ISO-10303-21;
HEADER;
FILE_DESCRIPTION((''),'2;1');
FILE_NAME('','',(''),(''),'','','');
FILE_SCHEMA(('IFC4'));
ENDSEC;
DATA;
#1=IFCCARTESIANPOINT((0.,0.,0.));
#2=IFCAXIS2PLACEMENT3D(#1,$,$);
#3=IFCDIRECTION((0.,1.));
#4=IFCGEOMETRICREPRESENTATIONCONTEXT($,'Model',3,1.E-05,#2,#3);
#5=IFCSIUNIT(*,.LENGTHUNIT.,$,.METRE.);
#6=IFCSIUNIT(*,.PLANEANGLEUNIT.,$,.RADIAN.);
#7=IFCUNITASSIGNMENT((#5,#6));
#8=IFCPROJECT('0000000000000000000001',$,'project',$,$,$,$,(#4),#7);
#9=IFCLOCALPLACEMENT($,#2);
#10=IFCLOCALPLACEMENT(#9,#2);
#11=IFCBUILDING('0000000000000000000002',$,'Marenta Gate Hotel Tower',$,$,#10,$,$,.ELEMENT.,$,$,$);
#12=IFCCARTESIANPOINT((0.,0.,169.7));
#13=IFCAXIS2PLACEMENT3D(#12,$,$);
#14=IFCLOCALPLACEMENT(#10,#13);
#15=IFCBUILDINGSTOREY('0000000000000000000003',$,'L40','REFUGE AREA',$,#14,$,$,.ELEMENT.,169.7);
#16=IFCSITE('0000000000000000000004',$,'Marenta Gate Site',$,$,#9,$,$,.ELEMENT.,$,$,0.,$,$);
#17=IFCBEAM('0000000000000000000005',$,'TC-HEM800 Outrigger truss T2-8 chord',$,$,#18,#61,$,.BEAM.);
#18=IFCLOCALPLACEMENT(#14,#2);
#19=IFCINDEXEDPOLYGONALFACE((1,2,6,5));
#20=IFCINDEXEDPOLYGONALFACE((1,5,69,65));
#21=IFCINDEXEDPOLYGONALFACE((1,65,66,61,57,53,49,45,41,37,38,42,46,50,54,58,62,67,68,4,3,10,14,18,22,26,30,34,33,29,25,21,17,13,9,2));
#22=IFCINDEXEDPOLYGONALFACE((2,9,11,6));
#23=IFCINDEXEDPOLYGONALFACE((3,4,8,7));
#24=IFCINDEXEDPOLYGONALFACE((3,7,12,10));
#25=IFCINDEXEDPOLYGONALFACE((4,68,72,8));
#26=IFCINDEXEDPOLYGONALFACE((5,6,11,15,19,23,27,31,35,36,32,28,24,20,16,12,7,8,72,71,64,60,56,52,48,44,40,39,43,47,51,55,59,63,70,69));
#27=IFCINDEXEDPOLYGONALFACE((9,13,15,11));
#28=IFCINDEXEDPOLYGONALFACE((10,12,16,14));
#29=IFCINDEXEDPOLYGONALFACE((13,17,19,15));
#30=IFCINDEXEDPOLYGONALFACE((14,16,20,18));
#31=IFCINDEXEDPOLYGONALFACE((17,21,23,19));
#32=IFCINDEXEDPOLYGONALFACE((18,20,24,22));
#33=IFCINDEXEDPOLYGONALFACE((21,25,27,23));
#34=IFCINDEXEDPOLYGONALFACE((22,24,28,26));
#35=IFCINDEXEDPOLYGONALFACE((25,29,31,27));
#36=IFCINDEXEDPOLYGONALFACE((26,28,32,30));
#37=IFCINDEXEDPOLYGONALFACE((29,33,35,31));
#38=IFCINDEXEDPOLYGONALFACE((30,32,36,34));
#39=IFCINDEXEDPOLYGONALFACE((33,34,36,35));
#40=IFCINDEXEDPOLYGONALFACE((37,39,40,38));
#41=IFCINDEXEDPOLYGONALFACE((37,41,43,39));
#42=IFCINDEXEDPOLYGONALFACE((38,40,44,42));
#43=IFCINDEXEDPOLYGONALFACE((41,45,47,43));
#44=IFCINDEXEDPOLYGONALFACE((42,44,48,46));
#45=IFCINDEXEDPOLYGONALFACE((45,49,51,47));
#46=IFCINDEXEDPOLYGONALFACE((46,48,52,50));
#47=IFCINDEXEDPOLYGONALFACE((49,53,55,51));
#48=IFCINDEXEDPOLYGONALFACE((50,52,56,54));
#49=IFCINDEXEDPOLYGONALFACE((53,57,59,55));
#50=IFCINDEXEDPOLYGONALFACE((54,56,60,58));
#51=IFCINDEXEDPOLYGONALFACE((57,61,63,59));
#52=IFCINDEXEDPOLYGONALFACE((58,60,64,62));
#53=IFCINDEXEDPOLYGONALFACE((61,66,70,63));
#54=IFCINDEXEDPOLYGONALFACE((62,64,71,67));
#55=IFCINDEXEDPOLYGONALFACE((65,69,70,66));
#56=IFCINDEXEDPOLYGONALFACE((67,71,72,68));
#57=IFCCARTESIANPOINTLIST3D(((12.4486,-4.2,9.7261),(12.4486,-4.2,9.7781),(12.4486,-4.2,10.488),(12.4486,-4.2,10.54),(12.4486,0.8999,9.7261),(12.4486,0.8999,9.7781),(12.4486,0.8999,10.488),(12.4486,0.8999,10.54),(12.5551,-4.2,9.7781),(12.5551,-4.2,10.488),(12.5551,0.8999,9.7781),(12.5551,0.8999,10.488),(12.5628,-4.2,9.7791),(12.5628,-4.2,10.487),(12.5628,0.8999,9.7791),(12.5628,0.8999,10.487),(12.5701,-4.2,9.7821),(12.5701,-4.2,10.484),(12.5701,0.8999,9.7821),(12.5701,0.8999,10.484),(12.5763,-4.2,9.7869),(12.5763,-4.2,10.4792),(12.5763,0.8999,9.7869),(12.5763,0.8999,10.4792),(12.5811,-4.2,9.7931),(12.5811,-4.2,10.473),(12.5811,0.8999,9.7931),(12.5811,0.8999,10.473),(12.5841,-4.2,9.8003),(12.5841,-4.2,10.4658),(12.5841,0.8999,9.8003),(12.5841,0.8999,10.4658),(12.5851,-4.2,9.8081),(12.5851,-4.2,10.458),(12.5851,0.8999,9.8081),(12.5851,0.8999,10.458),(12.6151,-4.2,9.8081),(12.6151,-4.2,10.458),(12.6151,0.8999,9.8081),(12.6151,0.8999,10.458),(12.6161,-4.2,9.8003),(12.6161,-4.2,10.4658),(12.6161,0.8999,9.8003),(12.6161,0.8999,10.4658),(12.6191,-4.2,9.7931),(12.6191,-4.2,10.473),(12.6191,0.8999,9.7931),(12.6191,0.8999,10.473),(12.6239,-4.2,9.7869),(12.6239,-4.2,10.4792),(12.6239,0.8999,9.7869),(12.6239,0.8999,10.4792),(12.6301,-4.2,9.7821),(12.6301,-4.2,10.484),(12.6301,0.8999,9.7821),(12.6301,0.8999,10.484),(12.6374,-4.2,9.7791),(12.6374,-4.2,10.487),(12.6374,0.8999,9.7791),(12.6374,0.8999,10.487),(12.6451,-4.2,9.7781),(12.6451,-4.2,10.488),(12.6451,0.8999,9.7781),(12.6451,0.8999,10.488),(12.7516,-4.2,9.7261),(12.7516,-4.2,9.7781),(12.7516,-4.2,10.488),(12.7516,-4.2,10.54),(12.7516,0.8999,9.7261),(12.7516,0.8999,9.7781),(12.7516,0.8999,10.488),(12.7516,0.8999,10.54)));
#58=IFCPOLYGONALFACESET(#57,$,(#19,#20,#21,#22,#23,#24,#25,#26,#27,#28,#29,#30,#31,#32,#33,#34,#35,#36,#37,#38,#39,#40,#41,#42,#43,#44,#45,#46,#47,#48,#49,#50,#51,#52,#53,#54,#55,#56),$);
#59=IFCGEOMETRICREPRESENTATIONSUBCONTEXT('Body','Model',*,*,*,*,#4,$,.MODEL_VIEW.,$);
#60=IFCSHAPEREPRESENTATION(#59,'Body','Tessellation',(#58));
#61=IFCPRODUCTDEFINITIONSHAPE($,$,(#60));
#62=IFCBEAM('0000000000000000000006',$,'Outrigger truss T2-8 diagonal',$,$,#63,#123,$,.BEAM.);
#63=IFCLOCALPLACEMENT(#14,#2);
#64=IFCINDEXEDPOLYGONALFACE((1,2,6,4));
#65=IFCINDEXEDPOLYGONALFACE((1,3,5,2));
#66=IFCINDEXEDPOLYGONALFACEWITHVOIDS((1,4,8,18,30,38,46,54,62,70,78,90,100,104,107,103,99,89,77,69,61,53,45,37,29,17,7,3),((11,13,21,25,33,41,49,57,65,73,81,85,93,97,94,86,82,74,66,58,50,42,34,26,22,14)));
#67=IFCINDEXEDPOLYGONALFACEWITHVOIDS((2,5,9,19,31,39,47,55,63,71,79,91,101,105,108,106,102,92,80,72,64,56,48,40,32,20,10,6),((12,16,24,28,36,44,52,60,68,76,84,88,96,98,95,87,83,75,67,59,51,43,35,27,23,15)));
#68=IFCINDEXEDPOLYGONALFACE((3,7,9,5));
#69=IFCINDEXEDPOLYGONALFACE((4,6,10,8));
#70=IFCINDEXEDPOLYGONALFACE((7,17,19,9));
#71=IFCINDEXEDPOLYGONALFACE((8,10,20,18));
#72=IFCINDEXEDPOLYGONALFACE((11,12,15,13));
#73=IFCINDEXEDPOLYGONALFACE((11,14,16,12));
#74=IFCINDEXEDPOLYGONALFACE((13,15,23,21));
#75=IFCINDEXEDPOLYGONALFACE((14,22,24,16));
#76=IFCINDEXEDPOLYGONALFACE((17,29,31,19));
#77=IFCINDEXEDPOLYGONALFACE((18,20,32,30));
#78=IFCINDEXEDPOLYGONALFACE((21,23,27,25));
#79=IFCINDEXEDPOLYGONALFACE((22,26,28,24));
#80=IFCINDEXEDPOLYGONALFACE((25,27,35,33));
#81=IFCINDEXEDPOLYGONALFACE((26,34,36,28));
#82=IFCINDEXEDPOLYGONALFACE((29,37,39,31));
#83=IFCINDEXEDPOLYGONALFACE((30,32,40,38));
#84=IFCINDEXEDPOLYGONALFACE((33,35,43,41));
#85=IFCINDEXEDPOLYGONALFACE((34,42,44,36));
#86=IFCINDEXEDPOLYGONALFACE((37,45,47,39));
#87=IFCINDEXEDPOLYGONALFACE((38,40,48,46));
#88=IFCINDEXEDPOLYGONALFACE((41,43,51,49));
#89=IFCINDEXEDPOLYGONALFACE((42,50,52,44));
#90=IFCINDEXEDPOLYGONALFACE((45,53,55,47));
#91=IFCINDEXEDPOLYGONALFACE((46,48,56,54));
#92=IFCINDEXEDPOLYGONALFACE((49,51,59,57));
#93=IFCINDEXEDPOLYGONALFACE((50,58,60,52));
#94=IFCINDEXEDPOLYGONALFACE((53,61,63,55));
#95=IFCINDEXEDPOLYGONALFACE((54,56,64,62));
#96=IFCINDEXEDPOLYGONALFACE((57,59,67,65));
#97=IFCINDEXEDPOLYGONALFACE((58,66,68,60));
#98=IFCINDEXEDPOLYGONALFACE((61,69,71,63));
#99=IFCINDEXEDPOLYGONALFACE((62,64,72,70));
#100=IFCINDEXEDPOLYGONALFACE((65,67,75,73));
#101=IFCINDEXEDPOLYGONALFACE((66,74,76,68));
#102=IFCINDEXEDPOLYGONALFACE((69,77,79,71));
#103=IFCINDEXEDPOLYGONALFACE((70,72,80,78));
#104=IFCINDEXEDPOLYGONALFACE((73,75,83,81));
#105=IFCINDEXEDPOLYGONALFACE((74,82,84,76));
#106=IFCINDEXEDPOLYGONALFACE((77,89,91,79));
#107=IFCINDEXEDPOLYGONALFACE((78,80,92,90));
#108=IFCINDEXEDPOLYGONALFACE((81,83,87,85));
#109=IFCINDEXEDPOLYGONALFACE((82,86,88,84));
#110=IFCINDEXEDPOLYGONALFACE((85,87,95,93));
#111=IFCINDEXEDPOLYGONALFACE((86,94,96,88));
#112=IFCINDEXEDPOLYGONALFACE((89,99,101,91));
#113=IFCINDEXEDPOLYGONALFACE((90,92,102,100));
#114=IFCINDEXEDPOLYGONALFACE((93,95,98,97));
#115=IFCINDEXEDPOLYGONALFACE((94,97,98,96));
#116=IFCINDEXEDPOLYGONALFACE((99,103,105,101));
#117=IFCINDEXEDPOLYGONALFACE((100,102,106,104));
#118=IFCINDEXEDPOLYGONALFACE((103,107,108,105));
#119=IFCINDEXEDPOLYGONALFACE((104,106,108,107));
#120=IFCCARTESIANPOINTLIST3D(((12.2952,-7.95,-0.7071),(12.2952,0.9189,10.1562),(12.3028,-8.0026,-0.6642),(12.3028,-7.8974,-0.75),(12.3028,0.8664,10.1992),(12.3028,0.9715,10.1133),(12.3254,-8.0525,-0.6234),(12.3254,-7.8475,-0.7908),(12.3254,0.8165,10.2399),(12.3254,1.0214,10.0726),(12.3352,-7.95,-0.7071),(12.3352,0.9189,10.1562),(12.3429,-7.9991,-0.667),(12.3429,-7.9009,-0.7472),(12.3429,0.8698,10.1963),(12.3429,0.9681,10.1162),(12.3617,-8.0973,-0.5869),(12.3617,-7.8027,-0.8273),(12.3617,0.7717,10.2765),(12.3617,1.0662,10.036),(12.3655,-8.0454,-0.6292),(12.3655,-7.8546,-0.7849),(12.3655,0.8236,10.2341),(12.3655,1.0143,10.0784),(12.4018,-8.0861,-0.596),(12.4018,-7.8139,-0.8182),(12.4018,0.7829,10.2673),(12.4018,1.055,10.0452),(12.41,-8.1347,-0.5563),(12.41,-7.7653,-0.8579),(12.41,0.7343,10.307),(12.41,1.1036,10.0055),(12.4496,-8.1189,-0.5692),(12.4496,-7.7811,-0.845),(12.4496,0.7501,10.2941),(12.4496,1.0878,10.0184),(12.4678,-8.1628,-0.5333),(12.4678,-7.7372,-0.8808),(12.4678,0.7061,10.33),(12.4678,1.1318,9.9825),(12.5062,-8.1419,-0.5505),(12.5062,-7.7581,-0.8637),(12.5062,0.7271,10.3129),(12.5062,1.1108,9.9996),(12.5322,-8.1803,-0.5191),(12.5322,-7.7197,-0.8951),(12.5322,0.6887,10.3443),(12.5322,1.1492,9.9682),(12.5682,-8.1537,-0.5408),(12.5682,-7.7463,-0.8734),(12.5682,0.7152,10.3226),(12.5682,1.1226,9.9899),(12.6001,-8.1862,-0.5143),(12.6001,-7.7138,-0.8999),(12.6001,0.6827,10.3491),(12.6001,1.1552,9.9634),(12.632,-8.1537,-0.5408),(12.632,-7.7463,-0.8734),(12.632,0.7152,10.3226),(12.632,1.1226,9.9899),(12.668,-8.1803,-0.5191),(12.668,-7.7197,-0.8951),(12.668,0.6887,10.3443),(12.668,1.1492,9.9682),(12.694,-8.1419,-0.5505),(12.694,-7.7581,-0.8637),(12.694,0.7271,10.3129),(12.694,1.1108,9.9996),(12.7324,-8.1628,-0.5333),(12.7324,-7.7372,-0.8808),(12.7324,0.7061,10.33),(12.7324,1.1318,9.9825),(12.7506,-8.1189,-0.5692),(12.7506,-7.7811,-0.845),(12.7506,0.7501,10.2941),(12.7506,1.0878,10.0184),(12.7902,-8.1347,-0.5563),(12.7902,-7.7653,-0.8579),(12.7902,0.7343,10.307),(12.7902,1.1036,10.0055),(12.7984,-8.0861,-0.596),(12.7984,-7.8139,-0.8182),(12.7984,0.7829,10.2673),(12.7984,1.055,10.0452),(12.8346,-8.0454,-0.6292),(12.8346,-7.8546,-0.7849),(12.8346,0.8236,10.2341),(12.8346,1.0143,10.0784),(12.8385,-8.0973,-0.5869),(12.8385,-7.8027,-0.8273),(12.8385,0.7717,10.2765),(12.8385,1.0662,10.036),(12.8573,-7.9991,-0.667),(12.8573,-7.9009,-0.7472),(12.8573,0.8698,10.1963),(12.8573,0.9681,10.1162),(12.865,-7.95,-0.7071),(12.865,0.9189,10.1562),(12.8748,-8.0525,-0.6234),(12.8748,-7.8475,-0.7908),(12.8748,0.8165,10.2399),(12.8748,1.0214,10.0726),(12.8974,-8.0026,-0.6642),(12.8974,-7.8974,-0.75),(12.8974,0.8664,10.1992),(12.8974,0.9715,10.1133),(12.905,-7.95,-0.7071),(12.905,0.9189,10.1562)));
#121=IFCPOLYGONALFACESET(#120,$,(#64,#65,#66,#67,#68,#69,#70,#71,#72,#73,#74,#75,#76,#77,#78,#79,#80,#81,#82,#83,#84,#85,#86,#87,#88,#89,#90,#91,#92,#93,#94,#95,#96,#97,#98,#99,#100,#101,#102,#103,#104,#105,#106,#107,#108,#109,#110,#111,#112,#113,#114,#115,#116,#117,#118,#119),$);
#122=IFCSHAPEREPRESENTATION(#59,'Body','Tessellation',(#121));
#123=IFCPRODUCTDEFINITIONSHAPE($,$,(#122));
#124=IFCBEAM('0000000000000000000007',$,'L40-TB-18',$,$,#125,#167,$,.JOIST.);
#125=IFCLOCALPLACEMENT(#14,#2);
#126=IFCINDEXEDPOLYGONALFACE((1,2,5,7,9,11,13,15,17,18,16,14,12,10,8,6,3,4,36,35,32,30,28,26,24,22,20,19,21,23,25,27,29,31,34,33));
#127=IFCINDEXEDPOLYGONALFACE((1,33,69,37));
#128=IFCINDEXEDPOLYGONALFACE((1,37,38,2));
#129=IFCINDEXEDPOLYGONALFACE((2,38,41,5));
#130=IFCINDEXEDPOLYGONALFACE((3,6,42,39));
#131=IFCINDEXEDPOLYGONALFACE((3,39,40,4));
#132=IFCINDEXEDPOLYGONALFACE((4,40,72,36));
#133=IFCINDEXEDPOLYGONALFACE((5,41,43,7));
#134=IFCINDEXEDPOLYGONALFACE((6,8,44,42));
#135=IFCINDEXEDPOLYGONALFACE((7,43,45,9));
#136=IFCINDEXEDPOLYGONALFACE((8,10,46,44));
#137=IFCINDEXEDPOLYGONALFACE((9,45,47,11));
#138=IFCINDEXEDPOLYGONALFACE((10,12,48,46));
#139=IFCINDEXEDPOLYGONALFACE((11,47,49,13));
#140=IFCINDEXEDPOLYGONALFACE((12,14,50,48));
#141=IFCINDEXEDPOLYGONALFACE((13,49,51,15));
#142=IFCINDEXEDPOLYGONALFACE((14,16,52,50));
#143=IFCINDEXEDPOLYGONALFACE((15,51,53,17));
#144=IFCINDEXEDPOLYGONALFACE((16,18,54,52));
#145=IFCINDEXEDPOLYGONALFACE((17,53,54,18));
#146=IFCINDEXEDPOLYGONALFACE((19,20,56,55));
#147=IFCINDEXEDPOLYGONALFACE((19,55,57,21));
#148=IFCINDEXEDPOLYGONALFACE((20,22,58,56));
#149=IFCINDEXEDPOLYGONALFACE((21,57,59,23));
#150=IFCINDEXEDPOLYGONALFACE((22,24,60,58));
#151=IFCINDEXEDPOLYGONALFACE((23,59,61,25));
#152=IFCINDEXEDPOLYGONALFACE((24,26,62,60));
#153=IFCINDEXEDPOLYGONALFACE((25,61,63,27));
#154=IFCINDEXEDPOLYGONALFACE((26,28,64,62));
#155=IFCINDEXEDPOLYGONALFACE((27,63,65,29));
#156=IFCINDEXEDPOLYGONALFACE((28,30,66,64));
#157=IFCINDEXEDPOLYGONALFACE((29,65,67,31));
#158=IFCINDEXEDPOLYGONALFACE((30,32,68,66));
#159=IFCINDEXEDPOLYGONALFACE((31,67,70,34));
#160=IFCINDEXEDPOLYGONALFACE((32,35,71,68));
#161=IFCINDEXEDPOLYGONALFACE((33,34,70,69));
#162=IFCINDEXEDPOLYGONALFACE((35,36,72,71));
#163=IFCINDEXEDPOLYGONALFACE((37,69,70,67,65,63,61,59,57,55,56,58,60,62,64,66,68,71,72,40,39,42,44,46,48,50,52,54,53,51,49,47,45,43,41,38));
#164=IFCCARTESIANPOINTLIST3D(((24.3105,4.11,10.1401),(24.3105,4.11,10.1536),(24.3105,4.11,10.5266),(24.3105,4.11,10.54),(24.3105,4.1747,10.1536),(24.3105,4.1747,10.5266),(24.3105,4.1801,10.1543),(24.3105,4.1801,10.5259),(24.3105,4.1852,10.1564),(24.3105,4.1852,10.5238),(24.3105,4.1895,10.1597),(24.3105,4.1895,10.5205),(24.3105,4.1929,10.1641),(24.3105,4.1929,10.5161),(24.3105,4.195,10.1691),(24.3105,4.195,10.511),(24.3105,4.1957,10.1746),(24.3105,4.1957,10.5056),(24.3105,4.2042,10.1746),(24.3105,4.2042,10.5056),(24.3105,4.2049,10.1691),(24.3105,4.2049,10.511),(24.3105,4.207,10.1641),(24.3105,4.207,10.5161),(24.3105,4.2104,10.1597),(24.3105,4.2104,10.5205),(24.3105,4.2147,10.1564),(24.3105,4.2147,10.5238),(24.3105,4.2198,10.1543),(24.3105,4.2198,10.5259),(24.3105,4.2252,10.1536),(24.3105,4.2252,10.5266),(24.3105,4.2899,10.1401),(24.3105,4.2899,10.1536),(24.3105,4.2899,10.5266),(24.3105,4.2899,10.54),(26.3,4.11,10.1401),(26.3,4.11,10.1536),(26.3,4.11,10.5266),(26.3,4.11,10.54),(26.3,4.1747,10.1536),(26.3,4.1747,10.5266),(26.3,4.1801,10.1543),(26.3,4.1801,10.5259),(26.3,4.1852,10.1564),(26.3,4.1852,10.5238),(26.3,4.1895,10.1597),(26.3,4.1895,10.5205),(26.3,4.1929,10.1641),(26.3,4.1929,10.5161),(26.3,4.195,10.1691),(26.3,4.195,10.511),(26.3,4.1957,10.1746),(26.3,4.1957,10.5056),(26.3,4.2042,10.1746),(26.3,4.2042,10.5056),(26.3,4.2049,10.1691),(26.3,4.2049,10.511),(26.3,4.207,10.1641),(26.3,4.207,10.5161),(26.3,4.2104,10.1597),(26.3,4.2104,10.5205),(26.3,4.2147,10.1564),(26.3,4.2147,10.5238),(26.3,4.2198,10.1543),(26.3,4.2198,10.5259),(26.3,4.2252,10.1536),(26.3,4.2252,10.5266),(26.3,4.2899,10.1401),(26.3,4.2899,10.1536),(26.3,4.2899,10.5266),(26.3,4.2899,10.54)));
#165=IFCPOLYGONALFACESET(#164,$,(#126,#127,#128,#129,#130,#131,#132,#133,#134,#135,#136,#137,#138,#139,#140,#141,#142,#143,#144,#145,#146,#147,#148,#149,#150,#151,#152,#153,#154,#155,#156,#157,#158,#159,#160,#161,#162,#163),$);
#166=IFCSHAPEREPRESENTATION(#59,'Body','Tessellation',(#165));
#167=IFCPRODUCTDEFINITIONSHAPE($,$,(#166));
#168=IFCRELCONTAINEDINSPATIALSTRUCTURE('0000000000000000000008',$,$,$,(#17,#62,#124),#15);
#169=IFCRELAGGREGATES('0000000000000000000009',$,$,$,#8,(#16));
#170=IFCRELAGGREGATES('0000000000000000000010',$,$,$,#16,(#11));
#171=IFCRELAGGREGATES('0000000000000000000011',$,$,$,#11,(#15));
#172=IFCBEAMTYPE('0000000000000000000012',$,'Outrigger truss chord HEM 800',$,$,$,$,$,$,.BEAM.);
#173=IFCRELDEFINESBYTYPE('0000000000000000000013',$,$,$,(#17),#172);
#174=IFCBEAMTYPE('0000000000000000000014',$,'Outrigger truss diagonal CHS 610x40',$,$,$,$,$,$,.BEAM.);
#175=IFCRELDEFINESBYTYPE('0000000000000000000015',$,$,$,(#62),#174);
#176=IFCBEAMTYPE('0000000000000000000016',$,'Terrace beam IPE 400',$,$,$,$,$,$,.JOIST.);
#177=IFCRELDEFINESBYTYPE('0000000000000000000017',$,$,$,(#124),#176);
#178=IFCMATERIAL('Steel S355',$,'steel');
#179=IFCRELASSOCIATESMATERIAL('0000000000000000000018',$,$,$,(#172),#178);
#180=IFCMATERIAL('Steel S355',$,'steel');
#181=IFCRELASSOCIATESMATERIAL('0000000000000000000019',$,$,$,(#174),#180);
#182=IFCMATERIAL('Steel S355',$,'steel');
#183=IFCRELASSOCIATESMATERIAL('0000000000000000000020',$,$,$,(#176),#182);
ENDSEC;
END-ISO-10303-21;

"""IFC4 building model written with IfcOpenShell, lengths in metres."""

from ifc_helpers import new_model, si_unit, direction, frame, origin, origin_2d, place, context, subcontext, project, spatial, hollow_circle, i_section, extrude, material, material_profile, profile_set, type_object, element, save


model = new_model("IFC4")

# Units and contexts
model_context = context("Model", 3, precision=1e-05, world=origin(), true_north=direction((0.0, 1.0)))
body_context = subcontext(model_context, "Body", "Model", "MODEL_VIEW")
ifc_project = project(units=[si_unit("LENGTHUNIT", "METRE"), si_unit("PLANEANGLEUNIT", "RADIAN")], contexts=[model_context])

# Site, building, storey
site_placement = place(None, origin())
site = spatial("IfcSite", under=ifc_project, at=site_placement, Name="Marenta Gate Site", CompositionType="ELEMENT", RefElevation=0.0)
building_placement = place(site_placement, origin())
building = spatial("IfcBuilding", under=site, at=building_placement, Name="Marenta Gate Hotel Tower", CompositionType="ELEMENT")
storey_placement = place(building_placement, frame((0.0, 0.0, 169.7)))
storey = spatial("IfcBuildingStorey", under=building, at=storey_placement, Name="L40", Description="REFUGE AREA", CompositionType="ELEMENT", Elevation=169.7)

# Beams
ifc_material_1 = material(Name="Steel S355", Category="steel")
ifc_material_profile_1 = material_profile(ifc_material_1, i_section(OverallWidth=0.303, OverallDepth=0.814, WebThickness=0.03, FlangeThickness=0.052, FilletRadius=0.03, at=origin_2d()), Name="HEM 800")
ifc_profile_set_1 = profile_set([ifc_material_profile_1], Name="Steel S355")
beam_type_1 = type_object("IfcBeamType", Name="Outrigger truss chord HEM 800", PredefinedType="BEAM", material=ifc_profile_set_1)
for number, where, z_axis, x_axis, name in (
    (1, (12.6001, 0.8999, 10.1331), (0.0, -1.0, 0.0), (1.0, 0.0, 0.0), "TC-HEM800 Outrigger truss T2-8 chord"),
):
    element("IfcBeam", number, at=place(storey_placement, frame(where, z_axis=z_axis, x_axis=x_axis)), inside=storey, type_object=beam_type_1, Name=name, PredefinedType="BEAM", context=body_context, shape_type="SweptSolid", body=[
        extrude(i_section(OverallWidth=0.303, OverallDepth=0.814, WebThickness=0.03, FlangeThickness=0.052, FilletRadius=0.03, at=origin_2d()), origin(), (0.0, 0.0, 1.0), 5.0999),
    ])
ifc_material_2 = material(Name="Steel S355", Category="steel")
ifc_material_profile_2 = material_profile(ifc_material_2, hollow_circle(Radius=0.3049, WallThickness=0.04, at=origin_2d()), Name="CHS 610x40")
ifc_profile_set_2 = profile_set([ifc_material_profile_2], Name="Steel S355")
beam_type_2 = type_object("IfcBeamType", Name="Outrigger truss diagonal CHS 610x40", PredefinedType="BEAM", material=ifc_profile_set_2)
beam_1_placement = place(storey_placement, frame((12.6001, 0.9189, 10.1562), z_axis=(0.0, -0.632416, -0.774629), x_axis=(1.0, 0.0, 0.0)))
element("IfcBeam", 2, at=beam_1_placement, inside=storey, type_object=beam_type_2, Name="Outrigger truss T2-8 diagonal", PredefinedType="BEAM", context=body_context, shape_type="SweptSolid", body=[
    extrude(hollow_circle(Radius=0.3049, WallThickness=0.04, at=origin_2d()), origin(), (0.0, 0.0, 1.0), 14.0239),
])
ifc_material_3 = material(Name="Steel S355", Category="steel")
ifc_material_profile_3 = material_profile(ifc_material_3, i_section(OverallWidth=0.1799, OverallDepth=0.3999, WebThickness=0.0085, FlangeThickness=0.0134, FilletRadius=0.021, at=origin_2d()), Name="IPE 400")
ifc_profile_set_3 = profile_set([ifc_material_profile_3], Name="Steel S355")
beam_type_3 = type_object("IfcBeamType", Name="Terrace beam IPE 400", PredefinedType="JOIST", material=ifc_profile_set_3)
beam_2_placement = place(storey_placement, frame((24.3105, 4.2, 10.3401), z_axis=(1.0, 0.0, 0.0), x_axis=(0.0, 1.0, 0.0)))
element("IfcBeam", 3, at=beam_2_placement, inside=storey, type_object=beam_type_3, Name="L40-TB-18", PredefinedType="JOIST", context=body_context, shape_type="SweptSolid", body=[
    extrude(i_section(OverallWidth=0.1799, OverallDepth=0.3999, WebThickness=0.0085, FlangeThickness=0.0134, FilletRadius=0.021, at=origin_2d()), origin(), (0.0, 0.0, 1.0), 1.9895),
])

save(model, "model.ifc")
